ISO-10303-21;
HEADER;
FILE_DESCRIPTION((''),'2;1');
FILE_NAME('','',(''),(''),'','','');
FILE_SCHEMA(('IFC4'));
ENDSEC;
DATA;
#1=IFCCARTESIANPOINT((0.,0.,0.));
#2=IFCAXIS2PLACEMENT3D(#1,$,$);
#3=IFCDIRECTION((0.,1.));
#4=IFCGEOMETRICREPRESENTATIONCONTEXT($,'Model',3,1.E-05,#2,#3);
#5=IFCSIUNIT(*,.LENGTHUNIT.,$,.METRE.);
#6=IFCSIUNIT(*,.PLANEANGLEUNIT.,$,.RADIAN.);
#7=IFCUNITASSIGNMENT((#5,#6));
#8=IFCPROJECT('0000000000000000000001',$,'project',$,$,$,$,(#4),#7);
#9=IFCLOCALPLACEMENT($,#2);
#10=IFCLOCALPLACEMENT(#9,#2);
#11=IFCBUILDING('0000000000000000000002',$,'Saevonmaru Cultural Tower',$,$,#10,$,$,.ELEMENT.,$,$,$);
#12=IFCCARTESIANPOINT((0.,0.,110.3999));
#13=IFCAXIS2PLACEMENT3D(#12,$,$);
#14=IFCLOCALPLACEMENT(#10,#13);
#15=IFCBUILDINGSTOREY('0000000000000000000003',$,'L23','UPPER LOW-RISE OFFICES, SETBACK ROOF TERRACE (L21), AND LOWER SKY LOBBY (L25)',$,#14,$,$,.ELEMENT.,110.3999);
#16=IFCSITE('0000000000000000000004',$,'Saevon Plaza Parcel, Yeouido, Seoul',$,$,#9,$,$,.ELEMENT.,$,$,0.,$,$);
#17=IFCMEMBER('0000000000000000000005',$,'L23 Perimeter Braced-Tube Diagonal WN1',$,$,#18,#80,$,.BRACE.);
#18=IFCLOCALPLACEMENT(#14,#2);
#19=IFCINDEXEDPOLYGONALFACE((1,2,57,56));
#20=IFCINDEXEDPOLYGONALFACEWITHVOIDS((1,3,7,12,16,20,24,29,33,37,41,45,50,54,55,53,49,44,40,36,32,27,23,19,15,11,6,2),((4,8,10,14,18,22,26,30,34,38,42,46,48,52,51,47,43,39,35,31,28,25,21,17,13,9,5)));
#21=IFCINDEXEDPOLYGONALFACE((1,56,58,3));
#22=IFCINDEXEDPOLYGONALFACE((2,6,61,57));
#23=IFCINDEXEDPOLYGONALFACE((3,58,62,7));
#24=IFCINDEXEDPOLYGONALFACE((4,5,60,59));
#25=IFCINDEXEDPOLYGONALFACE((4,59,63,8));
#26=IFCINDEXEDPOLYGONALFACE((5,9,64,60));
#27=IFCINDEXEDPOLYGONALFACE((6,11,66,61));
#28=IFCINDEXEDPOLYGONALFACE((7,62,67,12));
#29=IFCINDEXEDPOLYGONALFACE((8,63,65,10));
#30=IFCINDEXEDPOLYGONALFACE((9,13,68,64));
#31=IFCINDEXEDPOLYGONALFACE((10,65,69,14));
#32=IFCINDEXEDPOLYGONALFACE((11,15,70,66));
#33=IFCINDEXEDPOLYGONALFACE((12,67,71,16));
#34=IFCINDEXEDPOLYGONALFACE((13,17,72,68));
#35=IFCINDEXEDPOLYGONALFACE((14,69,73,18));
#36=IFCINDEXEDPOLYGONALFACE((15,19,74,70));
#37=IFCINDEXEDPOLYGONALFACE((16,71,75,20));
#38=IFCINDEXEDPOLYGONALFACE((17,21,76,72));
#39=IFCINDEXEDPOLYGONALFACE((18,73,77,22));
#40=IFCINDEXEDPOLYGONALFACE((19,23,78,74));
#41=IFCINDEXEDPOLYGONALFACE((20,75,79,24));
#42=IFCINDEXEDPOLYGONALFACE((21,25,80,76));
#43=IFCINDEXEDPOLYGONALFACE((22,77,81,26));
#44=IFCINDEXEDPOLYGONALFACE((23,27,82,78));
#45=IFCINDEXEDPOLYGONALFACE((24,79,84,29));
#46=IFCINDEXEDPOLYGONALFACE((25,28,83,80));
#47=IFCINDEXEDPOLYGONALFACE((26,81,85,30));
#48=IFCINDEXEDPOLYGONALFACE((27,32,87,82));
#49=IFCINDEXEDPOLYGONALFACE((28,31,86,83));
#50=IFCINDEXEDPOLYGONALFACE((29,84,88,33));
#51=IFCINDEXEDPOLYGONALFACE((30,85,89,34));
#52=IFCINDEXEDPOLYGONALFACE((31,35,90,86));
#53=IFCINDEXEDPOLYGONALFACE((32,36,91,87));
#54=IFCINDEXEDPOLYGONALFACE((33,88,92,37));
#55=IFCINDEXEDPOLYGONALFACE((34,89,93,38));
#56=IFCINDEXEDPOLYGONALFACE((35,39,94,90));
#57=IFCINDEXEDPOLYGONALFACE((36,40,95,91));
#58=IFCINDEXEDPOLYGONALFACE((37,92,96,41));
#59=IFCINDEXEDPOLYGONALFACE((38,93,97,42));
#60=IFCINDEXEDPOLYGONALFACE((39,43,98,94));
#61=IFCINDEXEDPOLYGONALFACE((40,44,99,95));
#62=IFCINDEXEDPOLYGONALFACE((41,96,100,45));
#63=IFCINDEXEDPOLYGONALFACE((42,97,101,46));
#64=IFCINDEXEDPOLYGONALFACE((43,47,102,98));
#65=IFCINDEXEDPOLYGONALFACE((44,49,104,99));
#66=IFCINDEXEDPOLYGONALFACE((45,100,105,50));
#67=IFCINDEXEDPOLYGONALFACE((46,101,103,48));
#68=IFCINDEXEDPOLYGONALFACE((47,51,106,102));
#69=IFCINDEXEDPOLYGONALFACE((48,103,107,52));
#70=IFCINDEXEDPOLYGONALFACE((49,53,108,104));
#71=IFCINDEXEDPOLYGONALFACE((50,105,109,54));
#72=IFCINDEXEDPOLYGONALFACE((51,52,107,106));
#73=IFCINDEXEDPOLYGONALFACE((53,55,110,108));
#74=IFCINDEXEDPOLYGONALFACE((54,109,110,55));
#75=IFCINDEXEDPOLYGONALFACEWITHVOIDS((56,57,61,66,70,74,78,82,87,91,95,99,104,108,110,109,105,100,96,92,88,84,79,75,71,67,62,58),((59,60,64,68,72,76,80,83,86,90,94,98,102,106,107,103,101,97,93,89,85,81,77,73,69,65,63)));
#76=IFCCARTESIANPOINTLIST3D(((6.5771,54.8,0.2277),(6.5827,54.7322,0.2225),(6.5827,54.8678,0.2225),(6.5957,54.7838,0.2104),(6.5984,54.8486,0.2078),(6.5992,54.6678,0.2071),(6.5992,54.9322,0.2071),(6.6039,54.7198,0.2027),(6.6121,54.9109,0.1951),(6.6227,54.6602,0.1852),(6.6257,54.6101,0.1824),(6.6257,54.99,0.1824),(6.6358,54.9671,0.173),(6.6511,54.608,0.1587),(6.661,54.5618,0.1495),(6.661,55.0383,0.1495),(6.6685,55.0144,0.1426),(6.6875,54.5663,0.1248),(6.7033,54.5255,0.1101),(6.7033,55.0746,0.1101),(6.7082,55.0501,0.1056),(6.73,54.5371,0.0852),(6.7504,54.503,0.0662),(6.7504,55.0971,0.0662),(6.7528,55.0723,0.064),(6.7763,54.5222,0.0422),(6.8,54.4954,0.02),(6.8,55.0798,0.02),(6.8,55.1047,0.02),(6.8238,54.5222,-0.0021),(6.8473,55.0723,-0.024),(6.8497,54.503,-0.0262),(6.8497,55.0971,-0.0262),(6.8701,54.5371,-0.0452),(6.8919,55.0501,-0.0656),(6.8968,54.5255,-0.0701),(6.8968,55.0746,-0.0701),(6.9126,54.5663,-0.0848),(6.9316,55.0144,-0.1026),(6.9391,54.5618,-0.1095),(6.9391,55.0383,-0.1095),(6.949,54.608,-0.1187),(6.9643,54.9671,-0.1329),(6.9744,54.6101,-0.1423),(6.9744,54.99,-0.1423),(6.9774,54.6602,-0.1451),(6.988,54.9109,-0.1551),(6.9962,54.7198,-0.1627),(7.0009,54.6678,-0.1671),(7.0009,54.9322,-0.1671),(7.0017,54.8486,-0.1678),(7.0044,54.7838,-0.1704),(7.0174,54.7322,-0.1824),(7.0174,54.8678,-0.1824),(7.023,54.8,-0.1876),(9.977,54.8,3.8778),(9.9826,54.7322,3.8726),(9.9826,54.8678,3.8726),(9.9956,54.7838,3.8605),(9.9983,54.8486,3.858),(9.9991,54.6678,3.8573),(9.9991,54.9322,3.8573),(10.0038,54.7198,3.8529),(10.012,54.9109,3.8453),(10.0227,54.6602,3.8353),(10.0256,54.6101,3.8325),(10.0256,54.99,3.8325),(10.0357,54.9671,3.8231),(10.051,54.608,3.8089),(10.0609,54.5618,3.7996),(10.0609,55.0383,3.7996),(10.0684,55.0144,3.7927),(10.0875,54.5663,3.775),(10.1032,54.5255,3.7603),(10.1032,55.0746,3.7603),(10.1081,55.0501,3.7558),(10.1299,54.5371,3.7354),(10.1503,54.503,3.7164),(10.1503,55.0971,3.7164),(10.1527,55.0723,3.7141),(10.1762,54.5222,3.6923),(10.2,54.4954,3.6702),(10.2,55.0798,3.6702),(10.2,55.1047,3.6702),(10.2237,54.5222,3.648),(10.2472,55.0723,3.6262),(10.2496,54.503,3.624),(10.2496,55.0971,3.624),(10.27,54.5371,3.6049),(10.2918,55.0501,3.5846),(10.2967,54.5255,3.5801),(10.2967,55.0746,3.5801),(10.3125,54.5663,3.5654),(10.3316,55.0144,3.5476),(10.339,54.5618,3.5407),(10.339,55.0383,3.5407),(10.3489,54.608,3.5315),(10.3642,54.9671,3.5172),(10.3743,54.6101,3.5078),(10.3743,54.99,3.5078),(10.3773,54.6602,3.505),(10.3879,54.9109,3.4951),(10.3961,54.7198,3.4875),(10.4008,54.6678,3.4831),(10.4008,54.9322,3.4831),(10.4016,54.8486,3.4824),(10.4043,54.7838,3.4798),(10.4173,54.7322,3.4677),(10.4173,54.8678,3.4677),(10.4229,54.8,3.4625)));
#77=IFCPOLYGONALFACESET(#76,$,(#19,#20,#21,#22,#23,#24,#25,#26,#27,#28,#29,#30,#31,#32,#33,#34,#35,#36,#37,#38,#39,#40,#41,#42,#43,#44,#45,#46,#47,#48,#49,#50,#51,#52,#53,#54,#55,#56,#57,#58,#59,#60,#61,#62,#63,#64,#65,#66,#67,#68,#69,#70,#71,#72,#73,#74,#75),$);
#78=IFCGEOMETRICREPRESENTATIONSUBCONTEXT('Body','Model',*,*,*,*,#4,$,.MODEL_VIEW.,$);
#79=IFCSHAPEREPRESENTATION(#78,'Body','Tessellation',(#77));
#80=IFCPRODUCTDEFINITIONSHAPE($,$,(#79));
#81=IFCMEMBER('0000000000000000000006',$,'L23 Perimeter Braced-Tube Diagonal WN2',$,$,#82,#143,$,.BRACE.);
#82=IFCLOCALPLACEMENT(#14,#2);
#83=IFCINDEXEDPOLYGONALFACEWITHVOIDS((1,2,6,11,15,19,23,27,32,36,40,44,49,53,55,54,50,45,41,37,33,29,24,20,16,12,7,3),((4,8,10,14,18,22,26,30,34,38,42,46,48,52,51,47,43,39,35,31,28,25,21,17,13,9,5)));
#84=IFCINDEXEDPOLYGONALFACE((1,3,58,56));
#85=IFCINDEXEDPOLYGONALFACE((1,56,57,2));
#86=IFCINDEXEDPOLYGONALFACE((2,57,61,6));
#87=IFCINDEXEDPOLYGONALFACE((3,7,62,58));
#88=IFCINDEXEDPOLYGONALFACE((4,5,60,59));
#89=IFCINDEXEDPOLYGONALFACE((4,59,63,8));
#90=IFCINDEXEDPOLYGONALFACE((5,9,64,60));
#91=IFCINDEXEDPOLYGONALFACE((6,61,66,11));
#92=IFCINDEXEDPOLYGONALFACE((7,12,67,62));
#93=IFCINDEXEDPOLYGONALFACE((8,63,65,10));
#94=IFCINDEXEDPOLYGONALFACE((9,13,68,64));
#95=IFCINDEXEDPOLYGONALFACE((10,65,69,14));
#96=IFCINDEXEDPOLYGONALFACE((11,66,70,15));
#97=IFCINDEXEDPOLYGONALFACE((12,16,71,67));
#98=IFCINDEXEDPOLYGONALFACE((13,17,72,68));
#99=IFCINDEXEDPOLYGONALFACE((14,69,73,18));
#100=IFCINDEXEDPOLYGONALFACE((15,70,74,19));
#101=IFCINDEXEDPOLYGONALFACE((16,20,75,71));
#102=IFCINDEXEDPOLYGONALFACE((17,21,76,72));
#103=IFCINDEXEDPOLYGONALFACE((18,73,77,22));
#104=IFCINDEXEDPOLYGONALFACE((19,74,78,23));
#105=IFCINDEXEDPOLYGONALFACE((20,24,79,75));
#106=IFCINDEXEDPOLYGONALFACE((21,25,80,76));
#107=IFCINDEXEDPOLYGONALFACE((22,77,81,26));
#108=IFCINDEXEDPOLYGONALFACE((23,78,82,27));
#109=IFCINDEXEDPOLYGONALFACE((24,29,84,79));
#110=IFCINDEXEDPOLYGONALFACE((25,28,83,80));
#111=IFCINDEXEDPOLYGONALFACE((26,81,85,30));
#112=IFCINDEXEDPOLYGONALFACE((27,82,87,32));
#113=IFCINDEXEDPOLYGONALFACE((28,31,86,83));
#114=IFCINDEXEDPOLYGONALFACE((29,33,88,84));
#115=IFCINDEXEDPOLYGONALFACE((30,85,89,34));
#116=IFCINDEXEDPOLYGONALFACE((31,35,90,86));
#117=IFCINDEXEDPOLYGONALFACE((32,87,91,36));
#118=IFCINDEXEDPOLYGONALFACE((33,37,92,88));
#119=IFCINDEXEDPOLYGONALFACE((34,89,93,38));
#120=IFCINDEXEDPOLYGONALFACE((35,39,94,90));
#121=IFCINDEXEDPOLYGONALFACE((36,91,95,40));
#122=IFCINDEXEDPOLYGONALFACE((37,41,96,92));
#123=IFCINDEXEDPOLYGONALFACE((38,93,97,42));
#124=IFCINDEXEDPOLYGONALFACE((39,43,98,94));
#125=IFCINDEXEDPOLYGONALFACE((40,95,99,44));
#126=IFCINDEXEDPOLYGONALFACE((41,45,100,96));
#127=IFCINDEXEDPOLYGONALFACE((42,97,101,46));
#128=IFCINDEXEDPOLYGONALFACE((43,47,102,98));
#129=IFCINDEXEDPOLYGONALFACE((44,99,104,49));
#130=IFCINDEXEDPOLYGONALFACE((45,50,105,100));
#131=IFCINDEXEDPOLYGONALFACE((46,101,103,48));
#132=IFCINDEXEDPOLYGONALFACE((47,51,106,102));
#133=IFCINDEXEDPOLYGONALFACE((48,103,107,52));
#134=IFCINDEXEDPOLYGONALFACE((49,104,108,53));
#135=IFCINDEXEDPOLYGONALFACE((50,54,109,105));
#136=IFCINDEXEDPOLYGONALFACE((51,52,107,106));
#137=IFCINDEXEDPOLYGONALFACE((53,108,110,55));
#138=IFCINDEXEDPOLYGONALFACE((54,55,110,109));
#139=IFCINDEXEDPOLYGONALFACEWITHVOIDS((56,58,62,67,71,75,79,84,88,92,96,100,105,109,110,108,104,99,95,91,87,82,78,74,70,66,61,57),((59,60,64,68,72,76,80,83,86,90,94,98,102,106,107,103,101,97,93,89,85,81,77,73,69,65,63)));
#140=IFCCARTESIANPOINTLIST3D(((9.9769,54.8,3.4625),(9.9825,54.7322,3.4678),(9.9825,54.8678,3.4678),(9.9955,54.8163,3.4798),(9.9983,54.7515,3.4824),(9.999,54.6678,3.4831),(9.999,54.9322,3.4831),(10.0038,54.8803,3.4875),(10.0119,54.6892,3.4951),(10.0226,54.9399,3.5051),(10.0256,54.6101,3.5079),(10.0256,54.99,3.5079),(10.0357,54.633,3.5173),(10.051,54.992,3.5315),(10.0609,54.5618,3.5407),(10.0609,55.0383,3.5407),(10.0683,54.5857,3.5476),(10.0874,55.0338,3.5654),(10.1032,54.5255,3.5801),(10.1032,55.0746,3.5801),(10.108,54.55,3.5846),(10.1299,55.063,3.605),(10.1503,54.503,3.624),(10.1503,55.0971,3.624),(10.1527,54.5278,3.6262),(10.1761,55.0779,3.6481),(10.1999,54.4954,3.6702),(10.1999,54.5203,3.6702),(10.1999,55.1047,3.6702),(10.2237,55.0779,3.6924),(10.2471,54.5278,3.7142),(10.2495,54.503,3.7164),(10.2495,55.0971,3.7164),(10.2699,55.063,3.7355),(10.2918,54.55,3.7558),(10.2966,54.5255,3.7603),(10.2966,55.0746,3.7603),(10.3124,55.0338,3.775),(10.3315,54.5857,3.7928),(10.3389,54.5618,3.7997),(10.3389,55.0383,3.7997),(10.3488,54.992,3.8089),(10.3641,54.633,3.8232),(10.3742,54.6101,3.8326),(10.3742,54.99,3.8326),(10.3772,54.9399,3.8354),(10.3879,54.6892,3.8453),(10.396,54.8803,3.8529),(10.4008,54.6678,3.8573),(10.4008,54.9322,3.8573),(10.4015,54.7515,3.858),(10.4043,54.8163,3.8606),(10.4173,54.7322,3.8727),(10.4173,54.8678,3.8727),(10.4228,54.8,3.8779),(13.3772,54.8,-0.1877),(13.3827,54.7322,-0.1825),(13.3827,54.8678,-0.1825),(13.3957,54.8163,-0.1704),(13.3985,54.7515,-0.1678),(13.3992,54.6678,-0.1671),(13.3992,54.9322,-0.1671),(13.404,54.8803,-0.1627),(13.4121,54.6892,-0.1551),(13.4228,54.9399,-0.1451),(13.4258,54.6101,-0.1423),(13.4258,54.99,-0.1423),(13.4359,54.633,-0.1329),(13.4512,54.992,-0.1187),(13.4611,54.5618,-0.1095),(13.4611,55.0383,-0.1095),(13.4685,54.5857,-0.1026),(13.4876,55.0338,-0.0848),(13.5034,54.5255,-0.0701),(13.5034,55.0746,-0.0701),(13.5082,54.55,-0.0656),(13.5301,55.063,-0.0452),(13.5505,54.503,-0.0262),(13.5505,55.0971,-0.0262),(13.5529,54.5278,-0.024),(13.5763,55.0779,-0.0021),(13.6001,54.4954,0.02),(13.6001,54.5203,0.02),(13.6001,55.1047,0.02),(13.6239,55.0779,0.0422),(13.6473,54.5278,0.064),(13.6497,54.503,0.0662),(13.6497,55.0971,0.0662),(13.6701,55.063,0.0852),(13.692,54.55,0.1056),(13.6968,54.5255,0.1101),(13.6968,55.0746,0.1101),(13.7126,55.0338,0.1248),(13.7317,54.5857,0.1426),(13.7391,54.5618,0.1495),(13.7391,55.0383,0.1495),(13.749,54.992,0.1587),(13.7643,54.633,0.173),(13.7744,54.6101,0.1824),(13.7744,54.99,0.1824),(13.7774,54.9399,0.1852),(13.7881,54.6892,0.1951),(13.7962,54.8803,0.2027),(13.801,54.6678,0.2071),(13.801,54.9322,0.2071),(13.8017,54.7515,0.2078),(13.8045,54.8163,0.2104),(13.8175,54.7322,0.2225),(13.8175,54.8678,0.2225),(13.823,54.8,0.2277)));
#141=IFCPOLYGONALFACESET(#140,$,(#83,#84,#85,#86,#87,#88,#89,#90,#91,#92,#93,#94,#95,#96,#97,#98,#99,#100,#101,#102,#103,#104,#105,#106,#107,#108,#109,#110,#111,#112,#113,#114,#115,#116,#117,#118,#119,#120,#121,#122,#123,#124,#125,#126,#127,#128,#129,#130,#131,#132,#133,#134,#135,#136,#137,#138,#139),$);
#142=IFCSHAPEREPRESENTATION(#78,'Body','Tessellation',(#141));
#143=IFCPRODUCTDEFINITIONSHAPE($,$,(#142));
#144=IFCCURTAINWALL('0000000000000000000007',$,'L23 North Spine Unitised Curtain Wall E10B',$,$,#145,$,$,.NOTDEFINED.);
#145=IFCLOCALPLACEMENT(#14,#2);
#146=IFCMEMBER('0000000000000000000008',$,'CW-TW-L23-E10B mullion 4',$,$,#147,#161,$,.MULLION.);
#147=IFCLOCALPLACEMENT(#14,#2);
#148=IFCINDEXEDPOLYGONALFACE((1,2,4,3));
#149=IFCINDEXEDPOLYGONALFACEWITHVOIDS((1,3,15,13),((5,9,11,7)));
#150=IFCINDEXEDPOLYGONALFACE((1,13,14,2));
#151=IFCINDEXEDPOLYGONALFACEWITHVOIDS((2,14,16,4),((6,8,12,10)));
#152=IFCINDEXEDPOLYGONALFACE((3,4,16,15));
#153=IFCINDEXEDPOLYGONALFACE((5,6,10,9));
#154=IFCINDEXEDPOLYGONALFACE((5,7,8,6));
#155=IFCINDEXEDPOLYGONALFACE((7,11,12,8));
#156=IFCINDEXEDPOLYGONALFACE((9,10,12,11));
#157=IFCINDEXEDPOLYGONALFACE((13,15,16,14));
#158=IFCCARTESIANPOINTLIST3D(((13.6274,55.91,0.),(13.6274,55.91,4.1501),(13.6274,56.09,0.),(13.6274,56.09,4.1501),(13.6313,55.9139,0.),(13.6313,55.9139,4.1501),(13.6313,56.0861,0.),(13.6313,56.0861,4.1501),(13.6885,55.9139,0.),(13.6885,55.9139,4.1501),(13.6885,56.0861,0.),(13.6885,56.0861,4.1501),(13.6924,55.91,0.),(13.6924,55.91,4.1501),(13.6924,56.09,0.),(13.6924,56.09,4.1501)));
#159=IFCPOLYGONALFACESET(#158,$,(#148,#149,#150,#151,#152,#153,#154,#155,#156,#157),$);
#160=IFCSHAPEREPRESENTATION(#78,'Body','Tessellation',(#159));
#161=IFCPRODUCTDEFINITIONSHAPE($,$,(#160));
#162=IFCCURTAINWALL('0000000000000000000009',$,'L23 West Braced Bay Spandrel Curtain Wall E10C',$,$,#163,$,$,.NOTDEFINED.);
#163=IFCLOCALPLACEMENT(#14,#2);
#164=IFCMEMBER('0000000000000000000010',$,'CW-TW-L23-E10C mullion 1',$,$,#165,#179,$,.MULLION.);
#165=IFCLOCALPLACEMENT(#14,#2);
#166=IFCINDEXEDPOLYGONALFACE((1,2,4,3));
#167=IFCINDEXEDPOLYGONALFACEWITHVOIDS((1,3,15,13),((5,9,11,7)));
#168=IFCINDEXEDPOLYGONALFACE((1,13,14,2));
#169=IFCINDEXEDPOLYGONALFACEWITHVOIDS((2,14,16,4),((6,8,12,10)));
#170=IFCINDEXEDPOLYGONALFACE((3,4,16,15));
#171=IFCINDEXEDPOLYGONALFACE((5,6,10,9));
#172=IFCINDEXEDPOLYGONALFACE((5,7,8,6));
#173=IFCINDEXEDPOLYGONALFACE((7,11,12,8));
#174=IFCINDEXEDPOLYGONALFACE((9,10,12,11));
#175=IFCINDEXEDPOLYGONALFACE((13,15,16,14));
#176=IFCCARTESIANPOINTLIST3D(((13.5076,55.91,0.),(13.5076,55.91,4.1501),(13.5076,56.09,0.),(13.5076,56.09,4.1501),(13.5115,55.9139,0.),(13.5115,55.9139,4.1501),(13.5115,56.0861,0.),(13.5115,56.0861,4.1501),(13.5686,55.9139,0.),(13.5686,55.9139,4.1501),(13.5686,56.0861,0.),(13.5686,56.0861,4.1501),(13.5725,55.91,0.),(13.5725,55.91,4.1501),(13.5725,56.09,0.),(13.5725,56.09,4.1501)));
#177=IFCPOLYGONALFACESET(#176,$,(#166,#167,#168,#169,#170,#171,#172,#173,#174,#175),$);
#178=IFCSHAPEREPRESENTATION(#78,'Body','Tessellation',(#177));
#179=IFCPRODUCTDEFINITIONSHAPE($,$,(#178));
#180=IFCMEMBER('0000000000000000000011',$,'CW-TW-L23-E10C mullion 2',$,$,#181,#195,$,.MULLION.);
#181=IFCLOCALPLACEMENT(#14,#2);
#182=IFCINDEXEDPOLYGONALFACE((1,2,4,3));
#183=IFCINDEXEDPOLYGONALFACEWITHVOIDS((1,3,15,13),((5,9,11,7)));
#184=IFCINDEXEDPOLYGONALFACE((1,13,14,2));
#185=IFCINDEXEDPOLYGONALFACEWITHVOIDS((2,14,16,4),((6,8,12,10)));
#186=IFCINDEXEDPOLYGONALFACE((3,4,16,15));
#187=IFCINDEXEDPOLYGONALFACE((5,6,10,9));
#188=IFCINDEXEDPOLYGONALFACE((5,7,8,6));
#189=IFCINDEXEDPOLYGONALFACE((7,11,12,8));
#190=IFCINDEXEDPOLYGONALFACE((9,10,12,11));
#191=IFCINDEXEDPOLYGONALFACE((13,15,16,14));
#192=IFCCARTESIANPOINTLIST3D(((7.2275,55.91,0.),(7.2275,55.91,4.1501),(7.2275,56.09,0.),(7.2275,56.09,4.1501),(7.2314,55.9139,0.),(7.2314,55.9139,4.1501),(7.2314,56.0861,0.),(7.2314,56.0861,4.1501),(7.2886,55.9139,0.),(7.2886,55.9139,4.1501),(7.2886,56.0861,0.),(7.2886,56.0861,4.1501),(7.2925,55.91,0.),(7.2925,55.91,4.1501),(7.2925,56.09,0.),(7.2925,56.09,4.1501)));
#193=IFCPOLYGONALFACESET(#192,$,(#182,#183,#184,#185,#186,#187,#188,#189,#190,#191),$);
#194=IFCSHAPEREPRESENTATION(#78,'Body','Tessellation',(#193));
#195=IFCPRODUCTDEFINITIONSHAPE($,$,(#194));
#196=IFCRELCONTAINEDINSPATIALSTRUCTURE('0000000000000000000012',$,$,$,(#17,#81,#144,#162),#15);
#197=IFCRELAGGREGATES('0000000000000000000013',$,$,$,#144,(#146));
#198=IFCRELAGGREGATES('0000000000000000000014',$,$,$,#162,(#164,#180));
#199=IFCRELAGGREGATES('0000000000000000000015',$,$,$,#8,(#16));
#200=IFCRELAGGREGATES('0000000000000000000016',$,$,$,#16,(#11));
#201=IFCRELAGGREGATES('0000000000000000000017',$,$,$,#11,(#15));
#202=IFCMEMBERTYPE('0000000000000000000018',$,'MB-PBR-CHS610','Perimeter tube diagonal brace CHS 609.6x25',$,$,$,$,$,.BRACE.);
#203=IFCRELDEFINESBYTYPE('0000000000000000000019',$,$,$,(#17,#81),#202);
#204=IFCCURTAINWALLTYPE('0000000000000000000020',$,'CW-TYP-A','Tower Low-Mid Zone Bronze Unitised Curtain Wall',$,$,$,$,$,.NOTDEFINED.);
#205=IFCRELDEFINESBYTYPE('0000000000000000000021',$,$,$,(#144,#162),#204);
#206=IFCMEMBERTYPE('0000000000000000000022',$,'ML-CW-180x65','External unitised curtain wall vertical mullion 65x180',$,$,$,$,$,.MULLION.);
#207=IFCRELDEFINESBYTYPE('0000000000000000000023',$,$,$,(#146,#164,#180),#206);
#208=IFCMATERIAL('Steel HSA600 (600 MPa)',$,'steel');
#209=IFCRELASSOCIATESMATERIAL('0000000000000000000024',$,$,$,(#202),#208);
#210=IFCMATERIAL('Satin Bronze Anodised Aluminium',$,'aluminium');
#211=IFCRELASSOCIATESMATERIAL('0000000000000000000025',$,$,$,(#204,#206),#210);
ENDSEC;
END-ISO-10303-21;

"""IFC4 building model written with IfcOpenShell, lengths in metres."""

from ifc_helpers import new_model, si_unit, direction, frame, origin, origin_2d, place, context, subcontext, project, spatial, hollow_rectangle, hollow_circle, extrude, material, material_profile, profile_set, type_object, element, aggregate, save


model = new_model("IFC4")

# Units and contexts
model_context = context("Model", 3, precision=1e-05, world=origin(), true_north=direction((0.0, 1.0)))
body_context = subcontext(model_context, "Body", "Model", "MODEL_VIEW")
ifc_project = project(units=[si_unit("LENGTHUNIT", "METRE"), si_unit("PLANEANGLEUNIT", "RADIAN")], contexts=[model_context])

# Site, building, storey
site_placement = place(None, origin())
site = spatial("IfcSite", under=ifc_project, at=site_placement, Name="Saevon Plaza Parcel, Yeouido, Seoul", CompositionType="ELEMENT", RefElevation=0.0)
building_placement = place(site_placement, origin())
building = spatial("IfcBuilding", under=site, at=building_placement, Name="Saevonmaru Cultural Tower", CompositionType="ELEMENT")
storey_placement = place(building_placement, frame((0.0, 0.0, 110.3999)))
storey = spatial("IfcBuildingStorey", under=building, at=storey_placement, Name="L23", Description="UPPER LOW-RISE OFFICES, SETBACK ROOF TERRACE (L21), AND LOWER SKY LOBBY (L25)", CompositionType="ELEMENT", Elevation=110.3999)

# Members
ifc_material_1 = material(Name="Steel HSA600 (600 MPa)", Category="steel")
ifc_material_profile_1 = material_profile(ifc_material_1, hollow_circle(Radius=0.3047, WallThickness=0.0249, at=origin_2d()), Name="CHS-609.6x25")
ifc_profile_set_1 = profile_set([ifc_material_profile_1], Name="Steel HSA600 (600 MPa)")
member_type_1 = type_object("IfcMemberType", Name="MB-PBR-CHS610", Description="Perimeter tube diagonal brace CHS 609.6x25", PredefinedType="BRACE", material=ifc_profile_set_1)
member_1_placement = place(storey_placement, frame((6.8, 54.8, 0.02), z_axis=(0.681579, 0.0, 0.731745), x_axis=(0.0, 1.0, 0.0)))
element("IfcMember", 1, at=member_1_placement, inside=storey, type_object=member_type_1, Name="L23 Perimeter Braced-Tube Diagonal WN1", PredefinedType="BRACE", context=body_context, shape_type="SweptSolid", body=[
    extrude(hollow_circle(Radius=0.3047, WallThickness=0.0249, at=origin_2d()), origin(), (0.0, 0.0, 1.0), 4.9883),
])
member_2_placement = place(storey_placement, frame((13.6001, 54.8, 0.02), z_axis=(-0.681605, 0.0, 0.731721), x_axis=(0.0, -1.0, 0.0)))
element("IfcMember", 2, at=member_2_placement, inside=storey, type_object=member_type_1, Name="L23 Perimeter Braced-Tube Diagonal WN2", PredefinedType="BRACE", context=body_context, shape_type="SweptSolid", body=[
    extrude(hollow_circle(Radius=0.3047, WallThickness=0.0249, at=origin_2d()), origin(), (0.0, 0.0, 1.0), 4.9885),
])

# Curtain wall, member
ifc_material_2 = material(Name="Satin Bronze Anodised Aluminium", Category="aluminium")
curtain_wall_type = type_object("IfcCurtainWallType", Name="CW-TYP-A", Description="Tower Low-Mid Zone Bronze Unitised Curtain Wall", PredefinedType="NOTDEFINED", material=ifc_material_2)
curtain_wall_1_placement = place(storey_placement, origin())
curtain_wall_1 = element("IfcCurtainWall", 3, at=curtain_wall_1_placement, inside=storey, type_object=curtain_wall_type, Name="L23 North Spine Unitised Curtain Wall E10B", PredefinedType="NOTDEFINED")
ifc_material_profile_2 = material_profile(ifc_material_2, hollow_rectangle(XDim=0.0649, YDim=0.1799, WallThickness=0.0039, at=origin_2d()), Name="ALU-MULL-180x65x4")
ifc_profile_set_2 = profile_set([ifc_material_profile_2], Name="Satin Bronze Anodised Aluminium")
member_type_2 = type_object("IfcMemberType", Name="ML-CW-180x65", Description="External unitised curtain wall vertical mullion 65x180", PredefinedType="MULLION", material=ifc_profile_set_2)
member_3_placement = place(storey_placement, frame((13.6599, 56.0, 0.0), z_axis=(0.0, 0.0, 1.0), x_axis=(-1.0, 0.0, 0.0)))
member_3 = element("IfcMember", 4, at=member_3_placement, type_object=member_type_2, Name="CW-TW-L23-E10B mullion 4", PredefinedType="MULLION", context=body_context, shape_type="SweptSolid", body=[
    extrude(hollow_rectangle(XDim=0.0649, YDim=0.1799, WallThickness=0.0039, at=origin_2d()), origin(), (0.0, 0.0, 1.0), 4.1501),
])
aggregate(curtain_wall_1, [member_3])

# Curtain wall, members
curtain_wall_2_placement = place(storey_placement, origin())
curtain_wall_2 = element("IfcCurtainWall", 5, at=curtain_wall_2_placement, inside=storey, type_object=curtain_wall_type, Name="L23 West Braced Bay Spandrel Curtain Wall E10C", PredefinedType="NOTDEFINED")
member_4_placement = place(storey_placement, frame((13.54, 56.0, 0.0), z_axis=(0.0, 0.0, 1.0), x_axis=(-1.0, 0.0, 0.0)))
member_4 = element("IfcMember", 6, at=member_4_placement, type_object=member_type_2, Name="CW-TW-L23-E10C mullion 1", PredefinedType="MULLION", context=body_context, shape_type="SweptSolid", body=[
    extrude(hollow_rectangle(XDim=0.0649, YDim=0.1799, WallThickness=0.0039, at=origin_2d()), origin(), (0.0, 0.0, 1.0), 4.1501),
])
member_5_placement = place(storey_placement, frame((7.26, 56.0, 0.0), z_axis=(0.0, 0.0, 1.0), x_axis=(-1.0, 0.0, 0.0)))
member_5 = element("IfcMember", 7, at=member_5_placement, type_object=member_type_2, Name="CW-TW-L23-E10C mullion 2", PredefinedType="MULLION", context=body_context, shape_type="SweptSolid", body=[
    extrude(hollow_rectangle(XDim=0.0649, YDim=0.1799, WallThickness=0.0039, at=origin_2d()), origin(), (0.0, 0.0, 1.0), 4.1501),
])

aggregate(curtain_wall_2, [member_4, member_5])

save(model, "model.ifc")
